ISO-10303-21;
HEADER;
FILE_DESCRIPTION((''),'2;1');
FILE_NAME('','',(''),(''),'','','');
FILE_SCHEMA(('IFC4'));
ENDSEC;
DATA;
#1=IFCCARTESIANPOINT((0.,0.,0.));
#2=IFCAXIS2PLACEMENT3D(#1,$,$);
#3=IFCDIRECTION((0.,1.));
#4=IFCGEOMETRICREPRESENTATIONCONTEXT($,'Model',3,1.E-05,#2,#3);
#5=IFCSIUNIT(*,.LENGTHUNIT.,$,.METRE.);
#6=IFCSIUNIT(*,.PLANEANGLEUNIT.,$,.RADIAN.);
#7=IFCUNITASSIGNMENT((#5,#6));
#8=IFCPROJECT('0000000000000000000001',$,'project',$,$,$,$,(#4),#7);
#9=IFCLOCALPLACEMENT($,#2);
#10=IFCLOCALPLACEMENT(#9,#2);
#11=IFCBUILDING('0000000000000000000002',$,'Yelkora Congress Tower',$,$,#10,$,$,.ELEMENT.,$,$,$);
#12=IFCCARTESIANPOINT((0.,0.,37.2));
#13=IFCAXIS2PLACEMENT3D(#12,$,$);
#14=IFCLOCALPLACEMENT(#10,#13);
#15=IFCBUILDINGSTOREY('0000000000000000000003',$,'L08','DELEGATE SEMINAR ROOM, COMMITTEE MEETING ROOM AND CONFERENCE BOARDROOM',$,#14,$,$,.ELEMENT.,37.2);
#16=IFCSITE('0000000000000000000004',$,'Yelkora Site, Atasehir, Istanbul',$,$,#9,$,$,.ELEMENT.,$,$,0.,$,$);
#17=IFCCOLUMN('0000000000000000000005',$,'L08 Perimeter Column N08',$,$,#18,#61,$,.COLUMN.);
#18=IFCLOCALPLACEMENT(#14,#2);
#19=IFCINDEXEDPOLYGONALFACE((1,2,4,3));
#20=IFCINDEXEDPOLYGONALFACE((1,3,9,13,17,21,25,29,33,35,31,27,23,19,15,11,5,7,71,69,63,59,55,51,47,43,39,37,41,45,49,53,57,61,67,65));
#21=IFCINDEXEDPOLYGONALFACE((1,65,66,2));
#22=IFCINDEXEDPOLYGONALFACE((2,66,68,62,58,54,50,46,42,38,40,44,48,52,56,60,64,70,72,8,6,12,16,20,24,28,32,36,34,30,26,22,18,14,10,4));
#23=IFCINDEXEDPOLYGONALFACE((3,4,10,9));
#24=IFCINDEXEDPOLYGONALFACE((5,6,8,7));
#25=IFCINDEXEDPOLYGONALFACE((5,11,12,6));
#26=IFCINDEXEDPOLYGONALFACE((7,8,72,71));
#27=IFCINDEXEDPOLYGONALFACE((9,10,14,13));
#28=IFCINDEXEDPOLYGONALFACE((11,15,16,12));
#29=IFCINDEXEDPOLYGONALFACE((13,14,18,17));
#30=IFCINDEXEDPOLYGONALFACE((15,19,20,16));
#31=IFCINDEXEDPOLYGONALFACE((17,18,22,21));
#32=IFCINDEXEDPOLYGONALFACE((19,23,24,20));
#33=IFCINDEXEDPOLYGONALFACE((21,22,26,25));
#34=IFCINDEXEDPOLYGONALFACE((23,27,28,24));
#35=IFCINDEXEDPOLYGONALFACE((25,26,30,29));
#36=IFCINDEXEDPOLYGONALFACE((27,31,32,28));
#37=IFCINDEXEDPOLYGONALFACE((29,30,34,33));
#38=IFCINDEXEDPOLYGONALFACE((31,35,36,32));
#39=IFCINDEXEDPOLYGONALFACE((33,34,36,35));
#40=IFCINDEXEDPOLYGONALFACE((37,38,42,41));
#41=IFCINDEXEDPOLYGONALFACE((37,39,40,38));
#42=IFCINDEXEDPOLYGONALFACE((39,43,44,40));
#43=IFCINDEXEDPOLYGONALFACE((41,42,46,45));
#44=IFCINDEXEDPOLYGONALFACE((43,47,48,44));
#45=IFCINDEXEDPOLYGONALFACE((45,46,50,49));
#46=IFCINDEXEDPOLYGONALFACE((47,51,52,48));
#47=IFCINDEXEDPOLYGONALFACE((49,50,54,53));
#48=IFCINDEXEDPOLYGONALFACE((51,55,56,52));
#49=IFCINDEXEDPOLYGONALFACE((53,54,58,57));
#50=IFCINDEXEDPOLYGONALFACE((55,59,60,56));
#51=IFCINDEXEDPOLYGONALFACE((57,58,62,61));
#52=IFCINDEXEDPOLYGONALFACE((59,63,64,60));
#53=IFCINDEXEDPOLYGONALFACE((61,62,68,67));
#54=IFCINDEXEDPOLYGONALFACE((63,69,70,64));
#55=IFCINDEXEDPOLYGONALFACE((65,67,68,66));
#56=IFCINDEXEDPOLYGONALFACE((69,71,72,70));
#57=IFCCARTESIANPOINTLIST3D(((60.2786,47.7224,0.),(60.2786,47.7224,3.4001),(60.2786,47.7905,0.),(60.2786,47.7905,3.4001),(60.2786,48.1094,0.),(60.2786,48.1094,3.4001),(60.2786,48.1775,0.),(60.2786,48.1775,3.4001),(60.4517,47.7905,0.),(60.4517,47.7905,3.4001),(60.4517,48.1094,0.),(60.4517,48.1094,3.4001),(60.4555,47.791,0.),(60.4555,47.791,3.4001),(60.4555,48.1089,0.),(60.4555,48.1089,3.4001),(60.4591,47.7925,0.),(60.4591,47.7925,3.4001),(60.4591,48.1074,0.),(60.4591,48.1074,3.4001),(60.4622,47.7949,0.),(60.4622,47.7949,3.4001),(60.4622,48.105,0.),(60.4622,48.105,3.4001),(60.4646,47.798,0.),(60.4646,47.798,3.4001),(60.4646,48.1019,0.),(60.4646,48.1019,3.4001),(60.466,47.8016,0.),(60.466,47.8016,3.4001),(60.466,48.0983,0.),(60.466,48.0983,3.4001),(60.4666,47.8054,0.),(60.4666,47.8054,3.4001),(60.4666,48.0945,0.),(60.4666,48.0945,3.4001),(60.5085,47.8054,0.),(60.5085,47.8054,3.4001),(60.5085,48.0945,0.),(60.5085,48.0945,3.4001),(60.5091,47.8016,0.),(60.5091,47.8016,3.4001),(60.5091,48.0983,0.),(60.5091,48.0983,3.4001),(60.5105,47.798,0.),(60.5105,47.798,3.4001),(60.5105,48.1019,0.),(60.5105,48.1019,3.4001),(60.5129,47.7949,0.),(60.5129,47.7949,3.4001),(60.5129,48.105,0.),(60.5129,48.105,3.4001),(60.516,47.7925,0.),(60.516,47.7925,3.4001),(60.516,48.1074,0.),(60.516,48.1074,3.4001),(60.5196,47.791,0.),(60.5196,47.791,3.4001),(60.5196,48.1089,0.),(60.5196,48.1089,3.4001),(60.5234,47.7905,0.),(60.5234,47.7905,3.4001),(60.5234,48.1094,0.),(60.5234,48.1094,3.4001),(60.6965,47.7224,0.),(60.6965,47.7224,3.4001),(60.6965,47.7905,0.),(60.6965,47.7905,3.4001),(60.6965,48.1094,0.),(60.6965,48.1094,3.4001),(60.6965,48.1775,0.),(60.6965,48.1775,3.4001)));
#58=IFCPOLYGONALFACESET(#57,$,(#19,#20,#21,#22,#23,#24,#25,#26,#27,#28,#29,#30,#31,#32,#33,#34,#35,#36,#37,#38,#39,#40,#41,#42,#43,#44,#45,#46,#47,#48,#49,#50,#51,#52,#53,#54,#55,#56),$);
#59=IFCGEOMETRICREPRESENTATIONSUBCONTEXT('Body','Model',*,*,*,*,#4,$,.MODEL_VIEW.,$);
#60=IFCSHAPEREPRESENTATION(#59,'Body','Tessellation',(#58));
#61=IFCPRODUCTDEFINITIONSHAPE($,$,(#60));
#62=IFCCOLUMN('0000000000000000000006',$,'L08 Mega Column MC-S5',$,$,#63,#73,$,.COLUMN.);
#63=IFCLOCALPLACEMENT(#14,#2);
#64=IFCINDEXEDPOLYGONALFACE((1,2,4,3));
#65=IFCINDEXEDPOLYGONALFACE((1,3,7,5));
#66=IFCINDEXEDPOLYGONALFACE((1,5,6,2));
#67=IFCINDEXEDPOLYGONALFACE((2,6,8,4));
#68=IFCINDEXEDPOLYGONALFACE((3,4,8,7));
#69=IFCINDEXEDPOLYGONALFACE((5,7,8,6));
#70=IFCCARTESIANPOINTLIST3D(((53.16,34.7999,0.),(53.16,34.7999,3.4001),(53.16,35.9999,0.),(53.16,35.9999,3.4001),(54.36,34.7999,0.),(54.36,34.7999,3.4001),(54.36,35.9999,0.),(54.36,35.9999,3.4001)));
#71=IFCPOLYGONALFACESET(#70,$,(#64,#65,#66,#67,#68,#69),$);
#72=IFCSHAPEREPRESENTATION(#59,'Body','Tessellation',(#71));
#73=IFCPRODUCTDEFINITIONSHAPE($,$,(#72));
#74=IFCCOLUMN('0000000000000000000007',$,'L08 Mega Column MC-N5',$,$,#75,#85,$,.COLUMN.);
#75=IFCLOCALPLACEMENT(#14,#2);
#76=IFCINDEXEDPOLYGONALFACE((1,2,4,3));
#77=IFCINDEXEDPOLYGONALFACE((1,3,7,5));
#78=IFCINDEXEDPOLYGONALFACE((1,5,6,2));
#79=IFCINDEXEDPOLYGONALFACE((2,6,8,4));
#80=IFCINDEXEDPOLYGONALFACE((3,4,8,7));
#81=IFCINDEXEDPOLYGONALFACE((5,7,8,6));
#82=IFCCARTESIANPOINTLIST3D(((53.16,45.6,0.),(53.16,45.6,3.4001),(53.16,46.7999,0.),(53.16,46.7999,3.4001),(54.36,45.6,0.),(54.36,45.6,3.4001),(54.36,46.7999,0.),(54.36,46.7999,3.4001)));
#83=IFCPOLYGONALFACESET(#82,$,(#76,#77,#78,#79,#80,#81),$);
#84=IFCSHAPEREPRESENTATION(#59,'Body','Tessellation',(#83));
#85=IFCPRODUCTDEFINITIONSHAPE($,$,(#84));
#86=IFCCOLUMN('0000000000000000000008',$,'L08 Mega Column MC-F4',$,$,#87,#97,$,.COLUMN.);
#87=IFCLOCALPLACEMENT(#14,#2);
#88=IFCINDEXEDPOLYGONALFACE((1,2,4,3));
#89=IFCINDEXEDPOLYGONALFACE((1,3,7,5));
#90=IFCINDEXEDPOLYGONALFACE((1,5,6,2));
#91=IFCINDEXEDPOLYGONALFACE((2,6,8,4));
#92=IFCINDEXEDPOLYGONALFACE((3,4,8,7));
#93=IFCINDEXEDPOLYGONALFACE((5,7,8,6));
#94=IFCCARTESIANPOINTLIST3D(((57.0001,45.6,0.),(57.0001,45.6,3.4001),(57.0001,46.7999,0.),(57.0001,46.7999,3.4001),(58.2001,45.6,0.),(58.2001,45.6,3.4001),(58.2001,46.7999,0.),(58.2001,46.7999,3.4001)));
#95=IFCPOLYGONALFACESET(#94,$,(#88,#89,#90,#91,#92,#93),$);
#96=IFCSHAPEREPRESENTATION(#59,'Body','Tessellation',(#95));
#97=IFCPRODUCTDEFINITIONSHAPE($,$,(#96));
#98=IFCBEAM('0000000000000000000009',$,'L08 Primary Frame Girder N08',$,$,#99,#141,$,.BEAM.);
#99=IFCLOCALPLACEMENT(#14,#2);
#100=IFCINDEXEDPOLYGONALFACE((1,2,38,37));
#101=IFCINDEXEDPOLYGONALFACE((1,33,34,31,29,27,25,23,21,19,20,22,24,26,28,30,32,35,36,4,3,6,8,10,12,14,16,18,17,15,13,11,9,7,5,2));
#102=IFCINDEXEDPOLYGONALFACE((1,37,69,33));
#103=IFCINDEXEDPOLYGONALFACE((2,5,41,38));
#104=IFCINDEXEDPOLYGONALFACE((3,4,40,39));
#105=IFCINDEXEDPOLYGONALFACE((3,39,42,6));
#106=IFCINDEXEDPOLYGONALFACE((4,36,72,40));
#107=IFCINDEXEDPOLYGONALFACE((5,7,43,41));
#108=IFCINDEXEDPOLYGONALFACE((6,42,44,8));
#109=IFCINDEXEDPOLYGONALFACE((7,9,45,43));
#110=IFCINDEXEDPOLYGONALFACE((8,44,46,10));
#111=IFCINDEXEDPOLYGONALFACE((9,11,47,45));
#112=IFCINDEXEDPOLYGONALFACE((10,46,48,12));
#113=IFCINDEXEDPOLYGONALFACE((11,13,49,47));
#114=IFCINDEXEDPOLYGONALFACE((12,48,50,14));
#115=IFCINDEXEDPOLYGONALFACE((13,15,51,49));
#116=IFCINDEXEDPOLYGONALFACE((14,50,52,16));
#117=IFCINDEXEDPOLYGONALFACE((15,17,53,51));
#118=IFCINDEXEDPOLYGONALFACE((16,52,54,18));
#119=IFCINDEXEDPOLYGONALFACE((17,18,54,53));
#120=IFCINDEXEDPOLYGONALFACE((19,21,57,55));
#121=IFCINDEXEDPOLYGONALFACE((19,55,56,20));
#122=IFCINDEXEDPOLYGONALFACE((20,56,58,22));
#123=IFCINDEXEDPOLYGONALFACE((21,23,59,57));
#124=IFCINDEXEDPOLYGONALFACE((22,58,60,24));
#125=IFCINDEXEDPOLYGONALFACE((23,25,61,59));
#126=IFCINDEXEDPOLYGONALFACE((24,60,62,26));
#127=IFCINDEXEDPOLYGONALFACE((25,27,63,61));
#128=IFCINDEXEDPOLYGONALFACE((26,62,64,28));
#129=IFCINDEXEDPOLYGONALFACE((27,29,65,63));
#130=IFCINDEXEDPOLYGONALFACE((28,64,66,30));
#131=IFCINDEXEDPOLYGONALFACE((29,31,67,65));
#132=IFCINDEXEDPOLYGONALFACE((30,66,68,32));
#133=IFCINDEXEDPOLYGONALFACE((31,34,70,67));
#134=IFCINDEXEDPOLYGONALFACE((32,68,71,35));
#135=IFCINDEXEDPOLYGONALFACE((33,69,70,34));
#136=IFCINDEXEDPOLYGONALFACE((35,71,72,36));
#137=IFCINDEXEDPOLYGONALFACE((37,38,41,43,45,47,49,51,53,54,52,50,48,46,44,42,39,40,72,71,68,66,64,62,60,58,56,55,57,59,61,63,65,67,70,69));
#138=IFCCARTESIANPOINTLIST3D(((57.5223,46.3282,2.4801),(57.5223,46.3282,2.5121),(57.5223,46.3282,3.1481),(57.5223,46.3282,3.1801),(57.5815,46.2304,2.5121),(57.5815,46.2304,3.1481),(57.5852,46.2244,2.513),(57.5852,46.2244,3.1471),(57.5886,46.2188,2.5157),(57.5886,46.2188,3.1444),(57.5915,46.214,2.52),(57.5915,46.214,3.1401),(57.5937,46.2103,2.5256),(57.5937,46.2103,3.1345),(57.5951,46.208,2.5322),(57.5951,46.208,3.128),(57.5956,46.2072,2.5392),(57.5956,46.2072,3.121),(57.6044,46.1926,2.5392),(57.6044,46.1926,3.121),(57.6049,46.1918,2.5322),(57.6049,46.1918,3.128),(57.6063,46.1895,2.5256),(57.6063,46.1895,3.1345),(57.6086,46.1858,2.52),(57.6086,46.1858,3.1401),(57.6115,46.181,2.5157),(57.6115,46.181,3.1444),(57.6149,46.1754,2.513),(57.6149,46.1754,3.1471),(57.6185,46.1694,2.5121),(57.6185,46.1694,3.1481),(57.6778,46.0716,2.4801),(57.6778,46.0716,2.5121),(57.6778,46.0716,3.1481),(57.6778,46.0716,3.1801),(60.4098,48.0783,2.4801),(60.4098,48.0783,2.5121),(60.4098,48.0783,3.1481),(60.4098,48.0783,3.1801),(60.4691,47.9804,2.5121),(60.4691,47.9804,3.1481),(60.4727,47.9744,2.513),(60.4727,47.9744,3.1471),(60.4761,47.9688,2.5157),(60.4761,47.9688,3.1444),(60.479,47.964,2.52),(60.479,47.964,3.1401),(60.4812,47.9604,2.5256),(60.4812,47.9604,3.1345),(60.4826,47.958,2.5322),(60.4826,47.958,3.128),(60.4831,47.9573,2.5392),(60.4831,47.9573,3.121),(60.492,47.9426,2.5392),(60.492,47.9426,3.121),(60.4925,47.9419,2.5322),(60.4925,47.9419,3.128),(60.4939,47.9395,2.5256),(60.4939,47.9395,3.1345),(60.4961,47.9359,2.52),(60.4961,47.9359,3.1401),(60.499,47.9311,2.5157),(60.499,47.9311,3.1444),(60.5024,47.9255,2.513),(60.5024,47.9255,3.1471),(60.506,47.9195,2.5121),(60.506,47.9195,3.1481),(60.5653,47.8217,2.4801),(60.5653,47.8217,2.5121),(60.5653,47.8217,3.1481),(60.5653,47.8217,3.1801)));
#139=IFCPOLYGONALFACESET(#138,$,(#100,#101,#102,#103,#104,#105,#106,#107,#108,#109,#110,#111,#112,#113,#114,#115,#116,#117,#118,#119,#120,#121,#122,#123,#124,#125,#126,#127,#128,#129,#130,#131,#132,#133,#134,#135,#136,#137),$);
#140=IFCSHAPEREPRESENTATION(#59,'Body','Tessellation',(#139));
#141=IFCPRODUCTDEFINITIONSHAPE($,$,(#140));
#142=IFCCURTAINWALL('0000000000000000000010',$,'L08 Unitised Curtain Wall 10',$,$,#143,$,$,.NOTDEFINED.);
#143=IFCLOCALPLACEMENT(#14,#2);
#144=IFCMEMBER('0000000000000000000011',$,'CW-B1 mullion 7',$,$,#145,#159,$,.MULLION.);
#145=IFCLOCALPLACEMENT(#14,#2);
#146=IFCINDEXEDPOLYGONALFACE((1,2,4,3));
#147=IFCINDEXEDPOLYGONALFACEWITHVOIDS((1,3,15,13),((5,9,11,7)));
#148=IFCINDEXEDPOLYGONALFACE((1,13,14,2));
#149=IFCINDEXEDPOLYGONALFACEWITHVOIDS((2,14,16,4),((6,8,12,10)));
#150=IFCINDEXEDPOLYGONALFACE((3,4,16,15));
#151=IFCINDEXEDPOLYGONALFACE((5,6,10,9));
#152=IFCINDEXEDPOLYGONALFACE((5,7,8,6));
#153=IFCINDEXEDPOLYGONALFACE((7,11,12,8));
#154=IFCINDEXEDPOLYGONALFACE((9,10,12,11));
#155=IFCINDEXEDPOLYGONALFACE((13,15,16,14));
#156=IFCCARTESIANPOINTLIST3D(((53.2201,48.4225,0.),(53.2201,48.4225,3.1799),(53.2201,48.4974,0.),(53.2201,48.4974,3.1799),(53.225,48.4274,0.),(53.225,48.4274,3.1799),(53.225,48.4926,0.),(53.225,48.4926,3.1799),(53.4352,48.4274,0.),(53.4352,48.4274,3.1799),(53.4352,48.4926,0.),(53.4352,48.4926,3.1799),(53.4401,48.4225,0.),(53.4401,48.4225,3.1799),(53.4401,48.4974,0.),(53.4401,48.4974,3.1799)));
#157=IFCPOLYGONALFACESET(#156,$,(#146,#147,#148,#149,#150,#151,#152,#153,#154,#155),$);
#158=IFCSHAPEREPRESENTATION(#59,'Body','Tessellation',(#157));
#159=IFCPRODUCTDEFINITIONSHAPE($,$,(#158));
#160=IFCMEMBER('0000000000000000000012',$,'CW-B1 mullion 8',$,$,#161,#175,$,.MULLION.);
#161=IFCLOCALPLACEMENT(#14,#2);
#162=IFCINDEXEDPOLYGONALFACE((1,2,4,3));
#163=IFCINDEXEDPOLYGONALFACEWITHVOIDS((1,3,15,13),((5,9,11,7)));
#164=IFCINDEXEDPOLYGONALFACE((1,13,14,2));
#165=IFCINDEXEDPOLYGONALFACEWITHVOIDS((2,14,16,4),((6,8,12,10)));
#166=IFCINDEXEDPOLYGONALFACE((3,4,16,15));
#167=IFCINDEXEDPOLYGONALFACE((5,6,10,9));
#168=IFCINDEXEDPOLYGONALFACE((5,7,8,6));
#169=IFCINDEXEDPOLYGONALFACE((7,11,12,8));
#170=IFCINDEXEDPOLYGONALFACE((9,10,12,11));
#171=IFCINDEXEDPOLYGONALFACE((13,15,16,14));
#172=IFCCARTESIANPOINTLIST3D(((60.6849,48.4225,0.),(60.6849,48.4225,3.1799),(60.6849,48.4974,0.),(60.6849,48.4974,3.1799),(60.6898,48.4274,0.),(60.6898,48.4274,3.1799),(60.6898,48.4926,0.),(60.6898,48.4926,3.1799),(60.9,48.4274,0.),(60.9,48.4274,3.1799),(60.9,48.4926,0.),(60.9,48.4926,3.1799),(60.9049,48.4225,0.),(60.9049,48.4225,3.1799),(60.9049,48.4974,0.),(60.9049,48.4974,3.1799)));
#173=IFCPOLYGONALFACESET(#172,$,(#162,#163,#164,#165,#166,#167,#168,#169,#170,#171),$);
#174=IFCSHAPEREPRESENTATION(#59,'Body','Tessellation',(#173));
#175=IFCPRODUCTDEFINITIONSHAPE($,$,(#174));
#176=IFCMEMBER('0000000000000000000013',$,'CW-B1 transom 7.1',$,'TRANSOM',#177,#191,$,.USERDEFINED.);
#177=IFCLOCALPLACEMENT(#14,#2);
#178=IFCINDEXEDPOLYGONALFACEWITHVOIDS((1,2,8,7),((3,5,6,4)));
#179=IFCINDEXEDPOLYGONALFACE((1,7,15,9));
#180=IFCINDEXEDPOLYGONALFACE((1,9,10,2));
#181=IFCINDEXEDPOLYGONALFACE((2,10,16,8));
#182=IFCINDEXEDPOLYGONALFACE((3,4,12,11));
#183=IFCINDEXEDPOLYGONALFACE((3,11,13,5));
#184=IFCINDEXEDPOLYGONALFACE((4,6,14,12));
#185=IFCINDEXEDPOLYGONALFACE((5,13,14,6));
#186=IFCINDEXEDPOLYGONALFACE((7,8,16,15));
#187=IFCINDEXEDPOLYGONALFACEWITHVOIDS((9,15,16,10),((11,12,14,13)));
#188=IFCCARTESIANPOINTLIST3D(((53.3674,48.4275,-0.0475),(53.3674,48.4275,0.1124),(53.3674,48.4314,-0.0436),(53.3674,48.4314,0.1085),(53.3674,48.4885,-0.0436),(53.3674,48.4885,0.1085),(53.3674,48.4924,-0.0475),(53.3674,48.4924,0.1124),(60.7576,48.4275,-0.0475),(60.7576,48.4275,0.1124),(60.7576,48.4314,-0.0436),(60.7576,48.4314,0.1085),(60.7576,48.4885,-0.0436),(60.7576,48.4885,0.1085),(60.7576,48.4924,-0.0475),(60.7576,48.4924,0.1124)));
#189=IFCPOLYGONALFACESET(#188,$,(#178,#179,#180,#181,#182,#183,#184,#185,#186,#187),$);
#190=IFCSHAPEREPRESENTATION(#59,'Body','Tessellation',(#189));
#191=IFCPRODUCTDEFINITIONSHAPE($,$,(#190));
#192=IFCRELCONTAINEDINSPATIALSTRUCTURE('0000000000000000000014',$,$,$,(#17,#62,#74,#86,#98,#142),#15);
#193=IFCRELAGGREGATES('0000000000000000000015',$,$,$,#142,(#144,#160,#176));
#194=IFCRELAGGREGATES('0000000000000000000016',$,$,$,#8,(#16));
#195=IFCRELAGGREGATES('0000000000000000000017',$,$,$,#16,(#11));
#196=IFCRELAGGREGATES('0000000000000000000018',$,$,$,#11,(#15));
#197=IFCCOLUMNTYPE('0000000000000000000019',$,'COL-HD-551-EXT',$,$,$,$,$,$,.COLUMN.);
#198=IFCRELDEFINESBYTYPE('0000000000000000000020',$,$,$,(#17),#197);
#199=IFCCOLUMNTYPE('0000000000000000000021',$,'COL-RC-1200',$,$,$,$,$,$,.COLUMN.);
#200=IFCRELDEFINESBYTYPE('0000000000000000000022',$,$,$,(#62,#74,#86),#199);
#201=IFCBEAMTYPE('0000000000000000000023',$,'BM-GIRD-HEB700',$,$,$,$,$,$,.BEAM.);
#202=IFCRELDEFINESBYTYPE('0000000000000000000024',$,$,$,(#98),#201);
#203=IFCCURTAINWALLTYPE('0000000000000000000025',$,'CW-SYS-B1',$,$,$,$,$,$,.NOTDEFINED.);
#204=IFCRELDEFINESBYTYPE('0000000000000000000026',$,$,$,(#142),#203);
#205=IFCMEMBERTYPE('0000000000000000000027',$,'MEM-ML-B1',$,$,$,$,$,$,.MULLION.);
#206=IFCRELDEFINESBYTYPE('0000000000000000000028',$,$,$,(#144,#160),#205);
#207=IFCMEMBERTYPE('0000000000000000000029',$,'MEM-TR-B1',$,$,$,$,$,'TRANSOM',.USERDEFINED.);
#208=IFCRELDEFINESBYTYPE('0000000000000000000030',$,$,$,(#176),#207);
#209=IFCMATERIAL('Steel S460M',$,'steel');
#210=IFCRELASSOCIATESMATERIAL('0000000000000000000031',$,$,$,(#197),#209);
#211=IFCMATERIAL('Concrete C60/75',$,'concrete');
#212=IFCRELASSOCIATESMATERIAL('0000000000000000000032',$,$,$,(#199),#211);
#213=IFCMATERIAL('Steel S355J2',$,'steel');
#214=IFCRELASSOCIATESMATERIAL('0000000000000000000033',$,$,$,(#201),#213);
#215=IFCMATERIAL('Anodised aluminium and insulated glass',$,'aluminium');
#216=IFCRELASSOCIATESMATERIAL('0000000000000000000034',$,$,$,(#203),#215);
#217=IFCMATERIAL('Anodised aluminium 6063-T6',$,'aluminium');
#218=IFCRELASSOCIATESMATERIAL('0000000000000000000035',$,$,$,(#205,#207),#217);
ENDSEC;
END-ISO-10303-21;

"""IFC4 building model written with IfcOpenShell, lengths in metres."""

from ifc_helpers import new_model, si_unit, direction, frame, origin, origin_2d, place, context, subcontext, project, spatial, rectangle, hollow_rectangle, i_section, extrude, material, material_profile, profile_set, type_object, element, aggregate, save


model = new_model("IFC4")

# Units and contexts
model_context = context("Model", 3, precision=1e-05, world=origin(), true_north=direction((0.0, 1.0)))
body_context = subcontext(model_context, "Body", "Model", "MODEL_VIEW")
ifc_project = project(units=[si_unit("LENGTHUNIT", "METRE"), si_unit("PLANEANGLEUNIT", "RADIAN")], contexts=[model_context])

# Site, building, storey
site_placement = place(None, origin())
site = spatial("IfcSite", under=ifc_project, at=site_placement, Name="Yelkora Site, Atasehir, Istanbul", CompositionType="ELEMENT", RefElevation=0.0)
building_placement = place(site_placement, origin())
building = spatial("IfcBuilding", under=site, at=building_placement, Name="Yelkora Congress Tower", CompositionType="ELEMENT")
storey_placement = place(building_placement, frame((0.0, 0.0, 37.2)))
storey = spatial("IfcBuildingStorey", under=building, at=storey_placement, Name="L08", Description="DELEGATE SEMINAR ROOM, COMMITTEE MEETING ROOM AND CONFERENCE BOARDROOM", CompositionType="ELEMENT", Elevation=37.2)

# Columns
ifc_material_1 = material(Name="Steel S460M", Category="steel")
ifc_material_profile_1 = material_profile(ifc_material_1, i_section(OverallWidth=0.418, OverallDepth=0.4551, WebThickness=0.042, FlangeThickness=0.0681, FilletRadius=0.0149, at=origin_2d()), Name="HD 400x551")
ifc_profile_set_1 = profile_set([ifc_material_profile_1], Name="Steel S460M")
column_type_1 = type_object("IfcColumnType", Name="COL-HD-551-EXT", PredefinedType="COLUMN", material=ifc_profile_set_1)
column_placement = place(storey_placement, frame((60.4875, 47.95, 0.0), z_axis=(0.0, 0.0, 1.0), x_axis=(1.0, 0.0, 0.0)))
element("IfcColumn", 1, at=column_placement, inside=storey, type_object=column_type_1, Name="L08 Perimeter Column N08", PredefinedType="COLUMN", context=body_context, shape_type="SweptSolid", body=[
    extrude(i_section(OverallWidth=0.418, OverallDepth=0.4551, WebThickness=0.042, FlangeThickness=0.0681, FilletRadius=0.0149, at=origin_2d()), origin(), (0.0, 0.0, 1.0), 3.4001),
])
ifc_material_2 = material(Name="Concrete C60/75", Category="concrete")
ifc_material_profile_2 = material_profile(ifc_material_2, rectangle(XDim=1.2, YDim=1.2, at=origin_2d()), Name="RC 1200x1200")
ifc_profile_set_2 = profile_set([ifc_material_profile_2], Name="Concrete C60/75")
column_type_2 = type_object("IfcColumnType", Name="COL-RC-1200", PredefinedType="COLUMN", material=ifc_profile_set_2)
for number, where, z_axis, x_axis, name in (
    (2, (53.76, 35.3999, 0.0), (0.0, 0.0, 1.0), (1.0, 0.0, 0.0), "L08 Mega Column MC-S5"),
    (3, (53.76, 46.2, 0.0), (0.0, 0.0, 1.0), (1.0, 0.0, 0.0), "L08 Mega Column MC-N5"),
    (4, (57.6001, 46.2, 0.0), (0.0, 0.0, 1.0), (1.0, 0.0, 0.0), "L08 Mega Column MC-F4"),
):
    element("IfcColumn", number, at=place(storey_placement, frame(where, z_axis=z_axis, x_axis=x_axis)), inside=storey, type_object=column_type_2, Name=name, PredefinedType="COLUMN", context=body_context, shape_type="SweptSolid", body=[
        extrude(rectangle(XDim=1.2, YDim=1.2, at=origin_2d()), origin(), (0.0, 0.0, 1.0), 3.4001),
    ])

# Beam
ifc_material_3 = material(Name="Steel S355J2", Category="steel")
ifc_material_profile_3 = material_profile(ifc_material_3, i_section(OverallWidth=0.3, OverallDepth=0.7, WebThickness=0.0171, FlangeThickness=0.032, FilletRadius=0.0271, at=origin_2d()), Name="HEB 700")
ifc_profile_set_3 = profile_set([ifc_material_profile_3], Name="Steel S355J2")
beam_type = type_object("IfcBeamType", Name="BM-GIRD-HEB700", PredefinedType="BEAM", material=ifc_profile_set_3)
beam_placement = place(storey_placement, frame((60.4875, 47.95, 2.8301), z_axis=(-0.855194, -0.518308, 0.0), x_axis=(0.518308, -0.855194, 0.0)))
element("IfcBeam", 5, at=beam_placement, inside=storey, type_object=beam_type, Name="L08 Primary Frame Girder N08", PredefinedType="BEAM", context=body_context, shape_type="SweptSolid", body=[
    extrude(i_section(OverallWidth=0.3, OverallDepth=0.7, WebThickness=0.0171, FlangeThickness=0.032, FilletRadius=0.0271, at=origin_2d()), origin(), (0.0, 0.0, 1.0), 3.3765),
])

# Curtain wall, members
ifc_material_4 = material(Name="Anodised aluminium and insulated glass", Category="aluminium")
curtain_wall_type = type_object("IfcCurtainWallType", Name="CW-SYS-B1", PredefinedType="NOTDEFINED", material=ifc_material_4)
curtain_wall_placement = place(storey_placement, origin())
curtain_wall = element("IfcCurtainWall", 6, at=curtain_wall_placement, inside=storey, type_object=curtain_wall_type, Name="L08 Unitised Curtain Wall 10", PredefinedType="NOTDEFINED")
ifc_material_5 = material(Name="Anodised aluminium 6063-T6", Category="aluminium")
ifc_material_profile_4 = material_profile(ifc_material_5, hollow_rectangle(XDim=0.075, YDim=0.22, WallThickness=0.0049, at=origin_2d()), Name="ALU 75x220x5")
ifc_profile_set_4 = profile_set([ifc_material_profile_4], Name="Anodised aluminium 6063-T6")
member_type_1 = type_object("IfcMemberType", Name="MEM-ML-B1", PredefinedType="MULLION", material=ifc_profile_set_4)
member_1_placement = place(storey_placement, frame((53.3301, 48.46, 0.0), z_axis=(0.0, 0.0, 1.0), x_axis=(0.0, 1.0, 0.0)))
member_1 = element("IfcMember", 7, at=member_1_placement, type_object=member_type_1, Name="CW-B1 mullion 7", PredefinedType="MULLION", context=body_context, shape_type="SweptSolid", body=[
    extrude(hollow_rectangle(XDim=0.075, YDim=0.22, WallThickness=0.0049, at=origin_2d()), origin(), (0.0, 0.0, 1.0), 3.1799),
])
member_2_placement = place(storey_placement, frame((60.7949, 48.46, 0.0), z_axis=(0.0, 0.0, 1.0), x_axis=(0.0, 1.0, 0.0)))
member_2 = element("IfcMember", 8, at=member_2_placement, type_object=member_type_1, Name="CW-B1 mullion 8", PredefinedType="MULLION", context=body_context, shape_type="SweptSolid", body=[
    extrude(hollow_rectangle(XDim=0.075, YDim=0.22, WallThickness=0.0049, at=origin_2d()), origin(), (0.0, 0.0, 1.0), 3.1799),
])
ifc_material_profile_5 = material_profile(ifc_material_5, hollow_rectangle(XDim=0.0649, YDim=0.1599, WallThickness=0.0039, at=origin_2d()), Name="ALU 65x160x4")
ifc_profile_set_5 = profile_set([ifc_material_profile_5], Name="Anodised aluminium 6063-T6")
member_type_2 = type_object("IfcMemberType", Name="MEM-TR-B1", ElementType="TRANSOM", PredefinedType="USERDEFINED", material=ifc_profile_set_5)
member_3_placement = place(storey_placement, frame((53.3674, 48.46, 0.0325), z_axis=(1.0, 0.0, 0.0), x_axis=(0.0, 1.0, 0.0)))
member_3 = element("IfcMember", 9, at=member_3_placement, type_object=member_type_2, Name="CW-B1 transom 7.1", ObjectType="TRANSOM", PredefinedType="USERDEFINED", context=body_context, shape_type="SweptSolid", body=[
    extrude(hollow_rectangle(XDim=0.0649, YDim=0.1599, WallThickness=0.0039, at=origin_2d()), origin(), (0.0, 0.0, 1.0), 7.3901),
])
aggregate(curtain_wall, [member_1, member_2, member_3])

save(model, "model.ifc")
